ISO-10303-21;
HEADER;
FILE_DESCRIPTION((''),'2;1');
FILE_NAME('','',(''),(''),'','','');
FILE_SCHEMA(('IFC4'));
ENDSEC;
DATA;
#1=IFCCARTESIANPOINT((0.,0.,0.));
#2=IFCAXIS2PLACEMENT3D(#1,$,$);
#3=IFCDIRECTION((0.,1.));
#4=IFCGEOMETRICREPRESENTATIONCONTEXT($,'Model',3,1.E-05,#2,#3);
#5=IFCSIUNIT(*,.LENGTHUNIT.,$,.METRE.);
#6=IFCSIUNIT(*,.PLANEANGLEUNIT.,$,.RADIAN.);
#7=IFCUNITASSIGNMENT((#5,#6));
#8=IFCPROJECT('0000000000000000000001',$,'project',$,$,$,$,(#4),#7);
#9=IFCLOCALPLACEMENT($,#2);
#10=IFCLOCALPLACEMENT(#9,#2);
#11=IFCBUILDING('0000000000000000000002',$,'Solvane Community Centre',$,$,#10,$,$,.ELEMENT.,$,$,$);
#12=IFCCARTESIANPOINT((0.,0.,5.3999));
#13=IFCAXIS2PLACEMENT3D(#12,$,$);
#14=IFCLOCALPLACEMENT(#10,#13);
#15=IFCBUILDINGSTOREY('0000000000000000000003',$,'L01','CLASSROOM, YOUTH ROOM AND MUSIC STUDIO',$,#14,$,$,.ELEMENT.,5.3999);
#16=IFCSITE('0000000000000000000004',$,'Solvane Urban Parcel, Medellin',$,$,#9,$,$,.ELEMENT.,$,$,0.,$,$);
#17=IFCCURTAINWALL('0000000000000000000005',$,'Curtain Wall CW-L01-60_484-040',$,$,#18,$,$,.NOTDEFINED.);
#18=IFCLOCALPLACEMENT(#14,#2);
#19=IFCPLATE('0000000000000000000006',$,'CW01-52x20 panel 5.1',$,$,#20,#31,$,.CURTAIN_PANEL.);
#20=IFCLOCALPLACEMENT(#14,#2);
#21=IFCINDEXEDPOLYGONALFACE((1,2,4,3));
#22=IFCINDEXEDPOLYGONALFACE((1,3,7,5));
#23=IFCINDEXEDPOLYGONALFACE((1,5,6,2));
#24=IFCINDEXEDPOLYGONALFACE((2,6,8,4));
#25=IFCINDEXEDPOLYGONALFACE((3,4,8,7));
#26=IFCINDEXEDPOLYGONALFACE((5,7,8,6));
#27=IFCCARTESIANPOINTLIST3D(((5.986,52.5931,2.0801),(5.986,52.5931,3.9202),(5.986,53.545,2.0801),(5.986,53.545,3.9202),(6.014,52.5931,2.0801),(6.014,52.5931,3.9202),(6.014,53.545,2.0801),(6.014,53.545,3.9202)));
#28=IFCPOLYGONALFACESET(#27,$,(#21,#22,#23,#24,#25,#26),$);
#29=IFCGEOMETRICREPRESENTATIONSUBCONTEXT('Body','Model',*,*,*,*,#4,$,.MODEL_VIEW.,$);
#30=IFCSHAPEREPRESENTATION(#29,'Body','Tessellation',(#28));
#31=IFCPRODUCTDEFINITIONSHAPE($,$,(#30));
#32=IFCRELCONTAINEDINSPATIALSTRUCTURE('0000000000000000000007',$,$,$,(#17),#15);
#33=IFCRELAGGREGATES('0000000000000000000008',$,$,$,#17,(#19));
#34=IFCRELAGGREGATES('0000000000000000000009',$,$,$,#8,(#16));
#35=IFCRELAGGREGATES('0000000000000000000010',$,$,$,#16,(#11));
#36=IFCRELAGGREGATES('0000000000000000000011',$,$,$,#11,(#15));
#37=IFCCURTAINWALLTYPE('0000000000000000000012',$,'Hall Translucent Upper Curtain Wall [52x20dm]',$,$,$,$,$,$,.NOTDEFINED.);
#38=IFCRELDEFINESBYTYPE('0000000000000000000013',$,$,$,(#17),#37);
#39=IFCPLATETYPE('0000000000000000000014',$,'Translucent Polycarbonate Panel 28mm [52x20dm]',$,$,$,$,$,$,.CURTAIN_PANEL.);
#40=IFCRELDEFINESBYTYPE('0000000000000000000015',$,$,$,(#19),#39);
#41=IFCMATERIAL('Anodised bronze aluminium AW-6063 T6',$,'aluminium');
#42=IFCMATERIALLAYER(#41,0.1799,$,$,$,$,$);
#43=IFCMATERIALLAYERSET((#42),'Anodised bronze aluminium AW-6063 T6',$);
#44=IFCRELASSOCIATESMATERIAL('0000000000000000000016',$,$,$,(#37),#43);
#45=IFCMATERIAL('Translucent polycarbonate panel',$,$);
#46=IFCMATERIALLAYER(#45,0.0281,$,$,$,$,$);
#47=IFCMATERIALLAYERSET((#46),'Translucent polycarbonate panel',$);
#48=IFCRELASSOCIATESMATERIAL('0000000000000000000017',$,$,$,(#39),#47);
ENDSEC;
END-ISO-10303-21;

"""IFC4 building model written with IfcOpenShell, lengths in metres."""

from ifc_helpers import new_model, si_unit, direction, frame, origin, origin_2d, place, context, subcontext, project, spatial, rectangle, extrude, material, layer, layer_set, type_object, element, aggregate, save


model = new_model("IFC4")

# Units and contexts
model_context = context("Model", 3, precision=1e-05, world=origin(), true_north=direction((0.0, 1.0)))
body_context = subcontext(model_context, "Body", "Model", "MODEL_VIEW")
ifc_project = project(units=[si_unit("LENGTHUNIT", "METRE"), si_unit("PLANEANGLEUNIT", "RADIAN")], contexts=[model_context])

# Site, building, storey
site_placement = place(None, origin())
site = spatial("IfcSite", under=ifc_project, at=site_placement, Name="Solvane Urban Parcel, Medellin", CompositionType="ELEMENT", RefElevation=0.0)
building_placement = place(site_placement, origin())
building = spatial("IfcBuilding", under=site, at=building_placement, Name="Solvane Community Centre", CompositionType="ELEMENT")
storey_placement = place(building_placement, frame((0.0, 0.0, 5.3999)))
storey = spatial("IfcBuildingStorey", under=building, at=storey_placement, Name="L01", Description="CLASSROOM, YOUTH ROOM AND MUSIC STUDIO", CompositionType="ELEMENT", Elevation=5.3999)

# Curtain wall
ifc_material_1 = material(Name="Anodised bronze aluminium AW-6063 T6", Category="aluminium")
ifc_layer_1 = layer(ifc_material_1, 0.1799)
ifc_layer_set_1 = layer_set([ifc_layer_1], Name="Anodised bronze aluminium AW-6063 T6")
curtain_wall_type_1 = type_object("IfcCurtainWallType", Name="Hall Translucent Upper Curtain Wall [52x20dm]", PredefinedType="NOTDEFINED", material=ifc_layer_set_1)
curtain_wall_1_placement = place(storey_placement, origin())
curtain_wall_1 = element("IfcCurtainWall", 1, at=curtain_wall_1_placement, inside=storey, type_object=curtain_wall_type_1, Name="Curtain Wall CW-L01-60_484-040", PredefinedType="NOTDEFINED")

# Plate
ifc_material_2 = material(Name="Translucent polycarbonate panel")
ifc_layer_2 = layer(ifc_material_2, 0.0281)
ifc_layer_set_2 = layer_set([ifc_layer_2], Name="Translucent polycarbonate panel")
plate_type_1 = type_object("IfcPlateType", Name="Translucent Polycarbonate Panel 28mm [52x20dm]", PredefinedType="CURTAIN_PANEL", material=ifc_layer_set_2)
plate_1_placement = place(storey_placement, frame((6.0, 53.0691, 2.0801), z_axis=(0.0, 0.0, 1.0), x_axis=(0.0, 1.0, 0.0)))
plate_1 = element("IfcPlate", 2, at=plate_1_placement, type_object=plate_type_1, Name="CW01-52x20 panel 5.1", PredefinedType="CURTAIN_PANEL", context=body_context, shape_type="SweptSolid", body=[
    extrude(rectangle(XDim=0.9519, YDim=0.0281, at=origin_2d()), origin(), (0.0, 0.0, 1.0), 1.8401),
])
aggregate(curtain_wall_1, [plate_1])

save(model, "model.ifc")
